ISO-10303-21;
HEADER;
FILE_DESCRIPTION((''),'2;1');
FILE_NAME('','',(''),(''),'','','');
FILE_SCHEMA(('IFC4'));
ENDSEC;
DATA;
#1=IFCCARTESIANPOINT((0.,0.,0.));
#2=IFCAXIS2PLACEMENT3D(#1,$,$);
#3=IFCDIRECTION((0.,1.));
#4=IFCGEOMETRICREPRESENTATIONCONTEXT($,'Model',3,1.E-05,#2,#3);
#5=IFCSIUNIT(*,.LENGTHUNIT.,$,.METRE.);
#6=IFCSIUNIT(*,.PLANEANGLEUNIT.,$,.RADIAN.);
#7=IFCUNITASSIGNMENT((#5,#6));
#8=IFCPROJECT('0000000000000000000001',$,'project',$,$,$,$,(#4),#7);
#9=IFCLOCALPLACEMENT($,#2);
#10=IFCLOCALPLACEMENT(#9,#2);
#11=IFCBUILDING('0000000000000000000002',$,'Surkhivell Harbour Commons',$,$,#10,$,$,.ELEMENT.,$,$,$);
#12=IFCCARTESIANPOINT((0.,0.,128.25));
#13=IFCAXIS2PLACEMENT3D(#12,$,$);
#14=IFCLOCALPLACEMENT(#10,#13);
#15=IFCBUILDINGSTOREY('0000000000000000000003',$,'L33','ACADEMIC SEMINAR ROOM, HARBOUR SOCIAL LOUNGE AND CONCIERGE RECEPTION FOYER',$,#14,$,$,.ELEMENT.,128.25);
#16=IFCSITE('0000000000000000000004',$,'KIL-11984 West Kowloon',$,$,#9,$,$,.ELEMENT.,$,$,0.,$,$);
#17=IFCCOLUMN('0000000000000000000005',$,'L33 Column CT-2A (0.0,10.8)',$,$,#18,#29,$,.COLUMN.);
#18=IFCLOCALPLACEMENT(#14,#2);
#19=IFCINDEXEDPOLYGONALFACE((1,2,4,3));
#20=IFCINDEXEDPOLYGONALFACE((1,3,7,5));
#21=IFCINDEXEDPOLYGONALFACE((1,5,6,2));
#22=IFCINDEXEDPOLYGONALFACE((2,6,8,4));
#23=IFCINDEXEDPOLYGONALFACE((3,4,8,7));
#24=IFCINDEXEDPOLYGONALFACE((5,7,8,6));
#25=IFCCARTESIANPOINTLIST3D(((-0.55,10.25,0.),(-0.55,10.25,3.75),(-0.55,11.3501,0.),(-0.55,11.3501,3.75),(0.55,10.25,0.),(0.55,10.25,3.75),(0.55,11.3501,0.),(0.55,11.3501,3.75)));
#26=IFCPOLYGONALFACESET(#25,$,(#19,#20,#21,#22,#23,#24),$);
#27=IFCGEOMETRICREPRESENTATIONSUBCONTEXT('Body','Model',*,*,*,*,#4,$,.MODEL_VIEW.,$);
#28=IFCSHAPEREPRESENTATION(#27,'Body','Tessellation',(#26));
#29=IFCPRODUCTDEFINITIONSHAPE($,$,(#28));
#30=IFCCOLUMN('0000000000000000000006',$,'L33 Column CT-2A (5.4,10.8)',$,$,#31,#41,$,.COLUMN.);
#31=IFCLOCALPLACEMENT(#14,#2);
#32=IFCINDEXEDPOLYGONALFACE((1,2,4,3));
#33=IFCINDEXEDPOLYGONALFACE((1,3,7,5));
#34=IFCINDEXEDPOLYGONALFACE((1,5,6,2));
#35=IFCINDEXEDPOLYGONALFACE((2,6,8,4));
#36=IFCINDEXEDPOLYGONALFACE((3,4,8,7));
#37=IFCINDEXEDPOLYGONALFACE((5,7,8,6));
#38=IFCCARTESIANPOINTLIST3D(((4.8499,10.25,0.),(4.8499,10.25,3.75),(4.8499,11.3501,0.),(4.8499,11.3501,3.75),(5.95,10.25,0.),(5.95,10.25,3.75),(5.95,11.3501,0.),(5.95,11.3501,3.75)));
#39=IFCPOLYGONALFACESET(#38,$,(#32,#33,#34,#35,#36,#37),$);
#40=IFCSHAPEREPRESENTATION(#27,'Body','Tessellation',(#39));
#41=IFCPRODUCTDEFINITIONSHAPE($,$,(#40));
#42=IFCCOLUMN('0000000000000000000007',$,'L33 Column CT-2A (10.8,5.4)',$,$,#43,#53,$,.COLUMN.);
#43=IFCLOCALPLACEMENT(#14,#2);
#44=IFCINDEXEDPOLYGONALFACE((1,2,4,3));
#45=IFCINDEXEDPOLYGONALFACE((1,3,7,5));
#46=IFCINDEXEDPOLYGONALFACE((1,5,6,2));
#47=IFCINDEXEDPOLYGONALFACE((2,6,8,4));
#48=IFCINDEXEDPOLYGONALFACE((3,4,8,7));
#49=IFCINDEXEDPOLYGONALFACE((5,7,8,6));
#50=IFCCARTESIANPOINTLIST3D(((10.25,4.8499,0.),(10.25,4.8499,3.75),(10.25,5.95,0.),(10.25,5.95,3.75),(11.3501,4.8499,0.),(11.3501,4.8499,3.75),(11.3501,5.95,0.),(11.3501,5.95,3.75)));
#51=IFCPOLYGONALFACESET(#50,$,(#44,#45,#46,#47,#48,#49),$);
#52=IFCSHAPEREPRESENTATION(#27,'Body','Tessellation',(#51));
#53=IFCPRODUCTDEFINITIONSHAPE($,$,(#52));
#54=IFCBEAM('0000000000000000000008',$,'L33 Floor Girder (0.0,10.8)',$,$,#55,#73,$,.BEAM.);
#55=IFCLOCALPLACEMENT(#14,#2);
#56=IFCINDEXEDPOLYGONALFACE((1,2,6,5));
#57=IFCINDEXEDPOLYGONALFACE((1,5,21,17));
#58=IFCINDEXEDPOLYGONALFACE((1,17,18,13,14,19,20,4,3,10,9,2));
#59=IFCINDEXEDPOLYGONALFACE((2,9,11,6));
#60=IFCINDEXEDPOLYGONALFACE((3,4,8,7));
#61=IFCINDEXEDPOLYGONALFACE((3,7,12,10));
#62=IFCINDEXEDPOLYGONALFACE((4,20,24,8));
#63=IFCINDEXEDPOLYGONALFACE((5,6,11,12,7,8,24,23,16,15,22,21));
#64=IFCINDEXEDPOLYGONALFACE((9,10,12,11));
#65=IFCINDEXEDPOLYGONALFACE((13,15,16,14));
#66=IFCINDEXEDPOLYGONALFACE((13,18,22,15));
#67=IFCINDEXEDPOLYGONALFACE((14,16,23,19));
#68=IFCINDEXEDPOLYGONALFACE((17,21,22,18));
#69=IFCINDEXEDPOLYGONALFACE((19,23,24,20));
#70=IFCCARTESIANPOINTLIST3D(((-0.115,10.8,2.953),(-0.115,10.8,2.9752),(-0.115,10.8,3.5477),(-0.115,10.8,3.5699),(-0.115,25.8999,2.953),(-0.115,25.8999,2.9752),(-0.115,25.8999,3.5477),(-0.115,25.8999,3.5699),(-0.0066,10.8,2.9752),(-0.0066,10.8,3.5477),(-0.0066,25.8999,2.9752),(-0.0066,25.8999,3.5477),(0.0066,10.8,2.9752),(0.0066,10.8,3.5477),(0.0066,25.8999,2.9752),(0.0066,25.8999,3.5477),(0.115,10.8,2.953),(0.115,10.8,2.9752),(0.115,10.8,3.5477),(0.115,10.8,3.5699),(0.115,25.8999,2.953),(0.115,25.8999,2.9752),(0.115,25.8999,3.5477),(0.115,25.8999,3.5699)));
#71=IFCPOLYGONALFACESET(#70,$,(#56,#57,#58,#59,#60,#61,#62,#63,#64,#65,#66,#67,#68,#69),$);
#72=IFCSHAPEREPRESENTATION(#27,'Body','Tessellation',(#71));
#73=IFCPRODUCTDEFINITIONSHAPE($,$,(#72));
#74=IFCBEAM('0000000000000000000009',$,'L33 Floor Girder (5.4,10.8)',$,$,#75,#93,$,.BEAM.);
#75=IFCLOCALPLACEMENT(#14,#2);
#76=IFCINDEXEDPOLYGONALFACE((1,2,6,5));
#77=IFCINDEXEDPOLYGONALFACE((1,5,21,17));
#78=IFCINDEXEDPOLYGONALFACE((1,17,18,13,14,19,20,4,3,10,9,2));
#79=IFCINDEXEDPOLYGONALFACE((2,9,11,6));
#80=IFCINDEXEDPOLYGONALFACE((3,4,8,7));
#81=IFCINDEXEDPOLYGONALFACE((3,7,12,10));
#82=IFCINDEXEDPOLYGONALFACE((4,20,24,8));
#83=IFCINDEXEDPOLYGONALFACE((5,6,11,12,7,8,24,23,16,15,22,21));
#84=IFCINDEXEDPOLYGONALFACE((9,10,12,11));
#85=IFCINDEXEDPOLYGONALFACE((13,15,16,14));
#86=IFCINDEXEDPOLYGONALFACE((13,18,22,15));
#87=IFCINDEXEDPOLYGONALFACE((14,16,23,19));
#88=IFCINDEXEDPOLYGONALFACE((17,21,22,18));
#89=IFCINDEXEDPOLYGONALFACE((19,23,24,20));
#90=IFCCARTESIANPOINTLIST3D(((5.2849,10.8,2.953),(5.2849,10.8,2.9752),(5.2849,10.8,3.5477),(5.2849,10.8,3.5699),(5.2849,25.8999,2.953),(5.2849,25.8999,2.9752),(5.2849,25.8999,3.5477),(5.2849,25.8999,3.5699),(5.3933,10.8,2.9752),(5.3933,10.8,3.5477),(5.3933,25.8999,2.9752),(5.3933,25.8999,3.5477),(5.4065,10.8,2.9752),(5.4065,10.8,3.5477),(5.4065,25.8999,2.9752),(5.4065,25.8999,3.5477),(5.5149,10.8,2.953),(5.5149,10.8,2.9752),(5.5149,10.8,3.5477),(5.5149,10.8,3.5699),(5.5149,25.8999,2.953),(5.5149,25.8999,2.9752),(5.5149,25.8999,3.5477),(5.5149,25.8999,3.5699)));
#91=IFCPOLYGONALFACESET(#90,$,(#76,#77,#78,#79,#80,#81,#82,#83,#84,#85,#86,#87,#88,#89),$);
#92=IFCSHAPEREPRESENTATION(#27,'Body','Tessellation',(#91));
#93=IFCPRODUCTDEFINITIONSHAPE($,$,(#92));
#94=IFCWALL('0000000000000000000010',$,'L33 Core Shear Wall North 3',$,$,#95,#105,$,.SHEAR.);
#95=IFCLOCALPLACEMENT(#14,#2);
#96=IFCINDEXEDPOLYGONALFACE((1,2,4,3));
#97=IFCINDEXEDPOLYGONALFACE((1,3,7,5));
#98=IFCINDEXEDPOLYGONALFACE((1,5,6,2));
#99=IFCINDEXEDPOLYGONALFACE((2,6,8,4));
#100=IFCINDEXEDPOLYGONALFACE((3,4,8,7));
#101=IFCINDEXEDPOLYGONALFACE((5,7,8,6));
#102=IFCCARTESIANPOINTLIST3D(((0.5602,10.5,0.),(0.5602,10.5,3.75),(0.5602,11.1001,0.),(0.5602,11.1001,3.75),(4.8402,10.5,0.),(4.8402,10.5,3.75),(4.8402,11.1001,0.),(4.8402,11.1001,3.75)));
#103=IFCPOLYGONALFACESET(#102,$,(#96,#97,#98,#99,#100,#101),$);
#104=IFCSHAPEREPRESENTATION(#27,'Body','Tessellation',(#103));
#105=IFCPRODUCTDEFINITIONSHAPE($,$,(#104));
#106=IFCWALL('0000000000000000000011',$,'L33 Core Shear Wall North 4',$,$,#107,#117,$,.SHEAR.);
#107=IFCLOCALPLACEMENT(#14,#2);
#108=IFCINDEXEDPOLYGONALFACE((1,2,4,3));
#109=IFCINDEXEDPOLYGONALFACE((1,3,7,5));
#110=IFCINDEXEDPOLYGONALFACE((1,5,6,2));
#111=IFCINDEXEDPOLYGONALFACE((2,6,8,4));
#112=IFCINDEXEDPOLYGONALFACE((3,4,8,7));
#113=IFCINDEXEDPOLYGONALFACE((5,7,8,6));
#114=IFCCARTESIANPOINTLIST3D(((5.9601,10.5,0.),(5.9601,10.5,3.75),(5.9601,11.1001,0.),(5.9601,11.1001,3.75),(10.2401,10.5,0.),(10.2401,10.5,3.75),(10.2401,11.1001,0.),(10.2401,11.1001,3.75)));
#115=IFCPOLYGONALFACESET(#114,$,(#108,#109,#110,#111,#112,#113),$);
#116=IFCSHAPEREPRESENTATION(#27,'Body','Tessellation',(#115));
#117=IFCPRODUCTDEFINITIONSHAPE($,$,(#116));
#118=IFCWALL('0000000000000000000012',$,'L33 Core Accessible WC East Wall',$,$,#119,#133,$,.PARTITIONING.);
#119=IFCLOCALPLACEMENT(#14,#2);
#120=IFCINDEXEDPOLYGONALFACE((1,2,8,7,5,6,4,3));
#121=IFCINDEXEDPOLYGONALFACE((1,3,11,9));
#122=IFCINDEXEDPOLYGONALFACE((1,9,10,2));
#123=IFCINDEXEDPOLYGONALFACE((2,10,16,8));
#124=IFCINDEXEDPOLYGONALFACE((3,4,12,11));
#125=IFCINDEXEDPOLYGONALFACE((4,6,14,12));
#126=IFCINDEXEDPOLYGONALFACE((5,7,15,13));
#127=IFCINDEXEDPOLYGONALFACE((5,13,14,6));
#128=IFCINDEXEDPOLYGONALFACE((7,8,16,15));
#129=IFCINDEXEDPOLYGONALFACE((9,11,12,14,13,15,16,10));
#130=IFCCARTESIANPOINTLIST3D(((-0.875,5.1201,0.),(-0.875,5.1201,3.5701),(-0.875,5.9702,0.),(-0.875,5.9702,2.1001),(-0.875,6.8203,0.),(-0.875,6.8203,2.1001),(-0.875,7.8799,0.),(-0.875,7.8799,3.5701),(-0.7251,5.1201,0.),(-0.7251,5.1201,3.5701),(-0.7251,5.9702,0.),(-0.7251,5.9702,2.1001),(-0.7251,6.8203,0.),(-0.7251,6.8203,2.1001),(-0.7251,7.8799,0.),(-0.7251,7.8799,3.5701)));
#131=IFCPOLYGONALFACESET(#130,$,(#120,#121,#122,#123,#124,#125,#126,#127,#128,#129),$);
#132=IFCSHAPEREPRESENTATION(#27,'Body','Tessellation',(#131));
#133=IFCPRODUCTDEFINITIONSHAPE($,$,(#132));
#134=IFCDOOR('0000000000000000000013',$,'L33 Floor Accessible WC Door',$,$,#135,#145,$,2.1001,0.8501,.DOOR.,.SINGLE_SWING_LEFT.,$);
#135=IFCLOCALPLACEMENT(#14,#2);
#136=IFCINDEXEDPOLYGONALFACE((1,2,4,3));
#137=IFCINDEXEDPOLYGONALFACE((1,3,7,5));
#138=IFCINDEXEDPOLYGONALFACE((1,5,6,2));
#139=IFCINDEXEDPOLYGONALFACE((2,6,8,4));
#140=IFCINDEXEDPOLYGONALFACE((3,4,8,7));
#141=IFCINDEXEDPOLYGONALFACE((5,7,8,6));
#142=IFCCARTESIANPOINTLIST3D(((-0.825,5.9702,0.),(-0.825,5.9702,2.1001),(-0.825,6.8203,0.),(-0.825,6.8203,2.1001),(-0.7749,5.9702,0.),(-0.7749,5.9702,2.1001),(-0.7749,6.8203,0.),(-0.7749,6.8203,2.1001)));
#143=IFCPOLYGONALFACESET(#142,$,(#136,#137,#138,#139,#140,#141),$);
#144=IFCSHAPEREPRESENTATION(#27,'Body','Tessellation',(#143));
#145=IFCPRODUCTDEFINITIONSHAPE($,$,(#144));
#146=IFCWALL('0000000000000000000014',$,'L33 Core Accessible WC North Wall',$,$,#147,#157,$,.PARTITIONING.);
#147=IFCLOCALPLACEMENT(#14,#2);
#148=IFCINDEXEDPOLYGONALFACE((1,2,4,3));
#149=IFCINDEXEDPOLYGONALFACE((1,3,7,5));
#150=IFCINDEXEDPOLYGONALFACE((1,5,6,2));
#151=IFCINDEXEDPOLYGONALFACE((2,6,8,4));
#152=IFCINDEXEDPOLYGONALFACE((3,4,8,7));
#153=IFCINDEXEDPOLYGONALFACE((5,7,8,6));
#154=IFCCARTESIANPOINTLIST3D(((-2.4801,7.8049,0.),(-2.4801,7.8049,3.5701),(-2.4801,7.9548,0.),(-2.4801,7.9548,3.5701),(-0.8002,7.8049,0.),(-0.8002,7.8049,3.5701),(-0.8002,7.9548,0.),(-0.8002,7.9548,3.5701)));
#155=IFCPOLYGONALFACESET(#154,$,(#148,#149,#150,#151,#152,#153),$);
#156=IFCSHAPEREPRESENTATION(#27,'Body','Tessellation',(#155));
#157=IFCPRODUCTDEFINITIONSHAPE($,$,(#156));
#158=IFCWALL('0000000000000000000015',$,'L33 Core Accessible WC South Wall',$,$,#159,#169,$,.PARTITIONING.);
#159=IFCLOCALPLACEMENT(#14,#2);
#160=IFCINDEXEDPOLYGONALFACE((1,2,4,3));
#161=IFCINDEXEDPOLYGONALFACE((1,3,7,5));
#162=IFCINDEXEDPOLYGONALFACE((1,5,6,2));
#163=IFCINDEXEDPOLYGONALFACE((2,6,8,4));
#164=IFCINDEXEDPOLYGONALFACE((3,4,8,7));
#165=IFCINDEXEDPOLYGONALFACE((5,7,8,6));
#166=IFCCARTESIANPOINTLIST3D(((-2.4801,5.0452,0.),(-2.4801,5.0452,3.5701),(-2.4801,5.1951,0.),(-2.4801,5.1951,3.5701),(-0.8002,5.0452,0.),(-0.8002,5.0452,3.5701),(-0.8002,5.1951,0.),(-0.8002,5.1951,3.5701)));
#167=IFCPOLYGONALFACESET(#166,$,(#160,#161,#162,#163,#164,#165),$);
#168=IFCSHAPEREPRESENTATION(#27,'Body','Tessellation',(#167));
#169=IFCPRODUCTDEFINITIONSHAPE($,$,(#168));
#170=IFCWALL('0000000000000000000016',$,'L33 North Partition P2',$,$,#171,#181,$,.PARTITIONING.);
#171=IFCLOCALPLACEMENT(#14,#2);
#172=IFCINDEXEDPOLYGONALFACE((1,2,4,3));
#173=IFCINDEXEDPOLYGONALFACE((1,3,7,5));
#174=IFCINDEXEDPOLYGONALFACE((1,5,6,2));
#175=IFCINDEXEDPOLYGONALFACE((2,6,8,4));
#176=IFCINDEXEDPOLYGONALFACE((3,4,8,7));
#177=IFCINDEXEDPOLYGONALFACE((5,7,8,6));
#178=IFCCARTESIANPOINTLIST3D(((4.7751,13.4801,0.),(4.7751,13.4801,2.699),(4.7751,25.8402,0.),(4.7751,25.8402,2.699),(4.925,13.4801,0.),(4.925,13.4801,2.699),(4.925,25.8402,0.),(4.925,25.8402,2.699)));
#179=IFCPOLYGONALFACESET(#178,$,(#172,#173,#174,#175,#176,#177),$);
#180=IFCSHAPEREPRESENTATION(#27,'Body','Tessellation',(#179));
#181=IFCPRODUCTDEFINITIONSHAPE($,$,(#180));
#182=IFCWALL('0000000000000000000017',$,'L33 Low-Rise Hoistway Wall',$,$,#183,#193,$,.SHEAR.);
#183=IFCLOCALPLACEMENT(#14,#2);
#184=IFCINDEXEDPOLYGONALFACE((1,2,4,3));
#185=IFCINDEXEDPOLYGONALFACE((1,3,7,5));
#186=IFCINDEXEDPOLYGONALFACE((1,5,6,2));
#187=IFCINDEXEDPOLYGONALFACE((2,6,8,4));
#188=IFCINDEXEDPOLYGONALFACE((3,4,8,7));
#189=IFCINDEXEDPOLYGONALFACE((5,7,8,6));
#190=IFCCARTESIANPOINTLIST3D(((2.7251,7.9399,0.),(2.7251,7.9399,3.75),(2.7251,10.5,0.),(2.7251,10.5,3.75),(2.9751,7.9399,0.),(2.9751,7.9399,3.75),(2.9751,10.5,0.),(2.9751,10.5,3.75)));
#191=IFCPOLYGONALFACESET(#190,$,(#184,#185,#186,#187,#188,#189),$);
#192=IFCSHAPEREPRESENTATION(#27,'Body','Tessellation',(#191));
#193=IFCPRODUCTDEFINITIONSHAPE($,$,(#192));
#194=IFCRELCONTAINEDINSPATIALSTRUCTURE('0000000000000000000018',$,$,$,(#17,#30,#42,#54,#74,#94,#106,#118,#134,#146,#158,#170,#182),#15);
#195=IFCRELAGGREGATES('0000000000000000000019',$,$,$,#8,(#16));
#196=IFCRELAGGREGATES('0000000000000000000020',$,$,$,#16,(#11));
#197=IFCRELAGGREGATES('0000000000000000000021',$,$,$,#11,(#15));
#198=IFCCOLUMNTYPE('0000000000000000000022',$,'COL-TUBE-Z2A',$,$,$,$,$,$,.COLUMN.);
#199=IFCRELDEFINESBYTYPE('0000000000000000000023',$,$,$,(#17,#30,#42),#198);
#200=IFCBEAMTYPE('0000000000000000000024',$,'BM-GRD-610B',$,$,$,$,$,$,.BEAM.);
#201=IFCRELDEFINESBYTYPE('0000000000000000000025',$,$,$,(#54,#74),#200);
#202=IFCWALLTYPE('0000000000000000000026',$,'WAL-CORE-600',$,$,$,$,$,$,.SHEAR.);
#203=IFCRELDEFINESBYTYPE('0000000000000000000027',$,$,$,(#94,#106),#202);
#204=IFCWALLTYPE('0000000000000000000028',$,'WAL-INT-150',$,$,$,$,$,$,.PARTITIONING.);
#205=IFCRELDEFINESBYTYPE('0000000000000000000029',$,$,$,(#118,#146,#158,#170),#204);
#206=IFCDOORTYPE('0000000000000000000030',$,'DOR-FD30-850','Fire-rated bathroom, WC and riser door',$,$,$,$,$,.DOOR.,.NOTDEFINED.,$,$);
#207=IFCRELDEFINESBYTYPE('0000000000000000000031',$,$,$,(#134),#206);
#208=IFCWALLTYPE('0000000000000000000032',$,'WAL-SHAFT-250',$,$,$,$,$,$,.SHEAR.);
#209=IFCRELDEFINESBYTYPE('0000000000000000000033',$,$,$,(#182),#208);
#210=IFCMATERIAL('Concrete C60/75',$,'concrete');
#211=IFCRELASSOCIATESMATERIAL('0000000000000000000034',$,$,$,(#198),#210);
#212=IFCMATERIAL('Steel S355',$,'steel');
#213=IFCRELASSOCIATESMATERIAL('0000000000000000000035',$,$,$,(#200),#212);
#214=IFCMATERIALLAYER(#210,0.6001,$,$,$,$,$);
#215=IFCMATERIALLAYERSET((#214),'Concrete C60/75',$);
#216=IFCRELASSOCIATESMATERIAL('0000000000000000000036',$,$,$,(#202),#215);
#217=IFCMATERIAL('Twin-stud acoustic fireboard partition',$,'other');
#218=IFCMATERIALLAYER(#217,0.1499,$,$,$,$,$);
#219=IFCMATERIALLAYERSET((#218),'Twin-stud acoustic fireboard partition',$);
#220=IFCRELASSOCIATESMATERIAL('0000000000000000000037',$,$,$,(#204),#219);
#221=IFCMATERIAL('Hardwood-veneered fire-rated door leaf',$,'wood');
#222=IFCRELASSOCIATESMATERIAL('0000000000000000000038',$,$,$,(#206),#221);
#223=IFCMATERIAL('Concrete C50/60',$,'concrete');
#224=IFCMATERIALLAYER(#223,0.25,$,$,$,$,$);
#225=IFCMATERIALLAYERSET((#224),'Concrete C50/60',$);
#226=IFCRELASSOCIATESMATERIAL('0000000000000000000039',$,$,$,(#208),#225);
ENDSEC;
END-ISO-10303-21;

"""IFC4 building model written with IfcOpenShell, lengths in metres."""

from ifc_helpers import new_model, si_unit, direction, frame, frame_2d, origin, origin_2d, place, context, subcontext, project, spatial, rectangle, i_section, extrude, material, layer, layer_set, material_profile, profile_set, type_object, element, fill, save


model = new_model("IFC4")

# Units and contexts
model_context = context("Model", 3, precision=1e-05, world=origin(), true_north=direction((0.0, 1.0)))
body_context = subcontext(model_context, "Body", "Model", "MODEL_VIEW")
ifc_project = project(units=[si_unit("LENGTHUNIT", "METRE"), si_unit("PLANEANGLEUNIT", "RADIAN")], contexts=[model_context])

# Site, building, storey
site_placement = place(None, origin())
site = spatial("IfcSite", under=ifc_project, at=site_placement, Name="KIL-11984 West Kowloon", CompositionType="ELEMENT", RefElevation=0.0)
building_placement = place(site_placement, origin())
building = spatial("IfcBuilding", under=site, at=building_placement, Name="Surkhivell Harbour Commons", CompositionType="ELEMENT")
storey_placement = place(building_placement, frame((0.0, 0.0, 128.25)))
storey = spatial("IfcBuildingStorey", under=building, at=storey_placement, Name="L33", Description="ACADEMIC SEMINAR ROOM, HARBOUR SOCIAL LOUNGE AND CONCIERGE RECEPTION FOYER", CompositionType="ELEMENT", Elevation=128.25)

# Columns
ifc_material_1 = material(Name="Concrete C60/75", Category="concrete")
ifc_material_profile_1 = material_profile(ifc_material_1, rectangle(XDim=1.1001, YDim=1.1001, at=origin_2d()), Name="RC-COL-1100x1100")
ifc_profile_set_1 = profile_set([ifc_material_profile_1], Name="Concrete C60/75")
column_type = type_object("IfcColumnType", Name="COL-TUBE-Z2A", PredefinedType="COLUMN", material=ifc_profile_set_1)
for number, where, z_axis, x_axis, name in (
    (1, (0.0, 10.8, 0.0), (0.0, 0.0, 1.0), (1.0, 0.0, 0.0), "L33 Column CT-2A (0.0,10.8)"),
    (2, (5.3999, 10.8, 0.0), (0.0, 0.0, 1.0), (1.0, 0.0, 0.0), "L33 Column CT-2A (5.4,10.8)"),
    (3, (10.8, 5.3999, 0.0), (0.0, 0.0, 1.0), (1.0, 0.0, 0.0), "L33 Column CT-2A (10.8,5.4)"),
):
    element("IfcColumn", number, at=place(storey_placement, frame(where, z_axis=z_axis, x_axis=x_axis)), inside=storey, type_object=column_type, Name=name, PredefinedType="COLUMN", context=body_context, shape_type="SweptSolid", body=[
        extrude(rectangle(XDim=1.1001, YDim=1.1001, at=origin_2d()), origin(), (0.0, 0.0, 1.0), 3.75),
    ])

# Beams
ifc_material_2 = material(Name="Steel S355", Category="steel")
ifc_material_profile_2 = material_profile(ifc_material_2, i_section(OverallWidth=0.23, OverallDepth=0.6169, WebThickness=0.0132, FlangeThickness=0.0222, at=origin_2d()), Name="UB610x229x140")
ifc_profile_set_2 = profile_set([ifc_material_profile_2], Name="Steel S355")
beam_type = type_object("IfcBeamType", Name="BM-GRD-610B", PredefinedType="BEAM", material=ifc_profile_set_2)
for number, where, z_axis, x_axis, name in (
    (4, (0.0, 10.8, 3.2615), (0.0, 1.0, 0.0), (-1.0, 0.0, 0.0), "L33 Floor Girder (0.0,10.8)"),
    (5, (5.3999, 10.8, 3.2615), (0.0, 1.0, 0.0), (-1.0, 0.0, 0.0), "L33 Floor Girder (5.4,10.8)"),
):
    element("IfcBeam", number, at=place(storey_placement, frame(where, z_axis=z_axis, x_axis=x_axis)), inside=storey, type_object=beam_type, Name=name, PredefinedType="BEAM", context=body_context, shape_type="SweptSolid", body=[
        extrude(i_section(OverallWidth=0.23, OverallDepth=0.6169, WebThickness=0.0132, FlangeThickness=0.0222, at=origin_2d()), origin(), (0.0, 0.0, 1.0), 15.0999),
    ])

# Walls
ifc_layer_1 = layer(ifc_material_1, 0.6001)
ifc_layer_set_1 = layer_set([ifc_layer_1], Name="Concrete C60/75")
wall_type_1 = type_object("IfcWallType", Name="WAL-CORE-600", PredefinedType="SHEAR", material=ifc_layer_set_1)
for number, where, z_axis, x_axis, name in (
    (6, (0.5601, 10.8, 0.0), (0.0, 0.0, 1.0), (1.0, 0.0, 0.0), "L33 Core Shear Wall North 3"),
    (7, (5.96, 10.8, 0.0), (0.0, 0.0, 1.0), (1.0, 0.0, 0.0), "L33 Core Shear Wall North 4"),
):
    element("IfcWall", number, at=place(storey_placement, frame(where, z_axis=z_axis, x_axis=x_axis)), inside=storey, type_object=wall_type_1, Name=name, PredefinedType="SHEAR", context=body_context, shape_type="SweptSolid", body=[
        extrude(rectangle(XDim=4.28, YDim=0.6001, at=frame_2d((2.1401, 0.0))), origin(), (0.0, 0.0, 1.0), 3.75),
    ])

# Wall, opening, door
ifc_material_3 = material(Name="Twin-stud acoustic fireboard partition", Category="other")
ifc_layer_2 = layer(ifc_material_3, 0.1499)
ifc_layer_set_2 = layer_set([ifc_layer_2], Name="Twin-stud acoustic fireboard partition")
wall_type_2 = type_object("IfcWallType", Name="WAL-INT-150", PredefinedType="PARTITIONING", material=ifc_layer_set_2)
wall_1_placement = place(storey_placement, frame((-0.8, 5.1201, 0.0), z_axis=(0.0, 0.0, 1.0), x_axis=(0.0, 1.0, 0.0)))
wall_1 = element("IfcWall", 8, at=wall_1_placement, inside=storey, type_object=wall_type_2, Name="L33 Core Accessible WC East Wall", PredefinedType="PARTITIONING", context=body_context, shape_type="SweptSolid", body=[
    extrude(rectangle(XDim=2.7598, YDim=0.1499, at=frame_2d((1.3799, 0.0))), origin(), (0.0, 0.0, 1.0), 3.5701),
])
opening_1_placement = place(wall_1_placement, frame((0.8501, 0.0, 0.0)))
opening_1 = element("IfcOpeningElement", 9, at=opening_1_placement, cuts=wall_1, PredefinedType="OPENING", context=body_context, shape_type="SweptSolid", body=[
    extrude(rectangle(XDim=0.8501, YDim=2.1001, at=frame_2d((0.425, 1.05))), frame((0.0, 0.085, 0.0), z_axis=(0.0, -1.0, 0.0), x_axis=(1.0, 0.0, 0.0)), (0.0, 0.0, 1.0), 0.1699),
])
ifc_material_4 = material(Name="Hardwood-veneered fire-rated door leaf", Category="wood")
door_type_1 = type_object("IfcDoorType", Name="DOR-FD30-850", Description="Fire-rated bathroom, WC and riser door", OperationType="NOTDEFINED", PredefinedType="DOOR", material=ifc_material_4)
door_1_placement = place(opening_1_placement, origin())
door_1 = element("IfcDoor", 10, at=door_1_placement, inside=storey, type_object=door_type_1, Name="L33 Floor Accessible WC Door", OperationType="SINGLE_SWING_LEFT", OverallHeight=2.1001, OverallWidth=0.8501, PredefinedType="DOOR", context=body_context, shape_type="SweptSolid", body=[
    extrude(rectangle(XDim=0.8501, YDim=2.1001, at=frame_2d((0.425, 1.05))), frame((0.0, 0.0249, 0.0), z_axis=(0.0, -1.0, 0.0), x_axis=(1.0, 0.0, 0.0)), (0.0, 0.0, 1.0), 0.05),
])
fill(opening_1, door_1)

# Walls
for number, where, z_axis, x_axis, name in (
    (11, (-2.48, 7.8799, 0.0), (0.0, 0.0, 1.0), (1.0, 0.0, 0.0), "L33 Core Accessible WC North Wall"),
    (12, (-2.48, 5.1201, 0.0), (0.0, 0.0, 1.0), (1.0, 0.0, 0.0), "L33 Core Accessible WC South Wall"),
):
    element("IfcWall", number, at=place(storey_placement, frame(where, z_axis=z_axis, x_axis=x_axis)), inside=storey, type_object=wall_type_2, Name=name, PredefinedType="PARTITIONING", context=body_context, shape_type="SweptSolid", body=[
        extrude(rectangle(XDim=1.6799, YDim=0.1499, at=frame_2d((0.8398, 0.0))), origin(), (0.0, 0.0, 1.0), 3.5701),
    ])
wall_2_placement = place(storey_placement, frame((4.8501, 13.48, 0.0), z_axis=(0.0, 0.0, 1.0), x_axis=(0.0, 1.0, 0.0)))
element("IfcWall", 13, at=wall_2_placement, inside=storey, type_object=wall_type_2, Name="L33 North Partition P2", PredefinedType="PARTITIONING", context=body_context, shape_type="SweptSolid", body=[
    extrude(rectangle(XDim=12.3601, YDim=0.1499, at=frame_2d((6.1802, 0.0))), origin(), (0.0, 0.0, 1.0), 2.699),
])
ifc_material_5 = material(Name="Concrete C50/60", Category="concrete")
ifc_layer_3 = layer(ifc_material_5, 0.25)
ifc_layer_set_3 = layer_set([ifc_layer_3], Name="Concrete C50/60")
wall_type_3 = type_object("IfcWallType", Name="WAL-SHAFT-250", PredefinedType="SHEAR", material=ifc_layer_set_3)
wall_3_placement = place(storey_placement, frame((2.8501, 7.9399, 0.0), z_axis=(0.0, 0.0, 1.0), x_axis=(0.0, 1.0, 0.0)))
element("IfcWall", 14, at=wall_3_placement, inside=storey, type_object=wall_type_3, Name="L33 Low-Rise Hoistway Wall", PredefinedType="SHEAR", context=body_context, shape_type="SweptSolid", body=[
    extrude(rectangle(XDim=2.5601, YDim=0.25, at=frame_2d((1.28, 0.0))), origin(), (0.0, 0.0, 1.0), 3.75),
])

save(model, "model.ifc")
